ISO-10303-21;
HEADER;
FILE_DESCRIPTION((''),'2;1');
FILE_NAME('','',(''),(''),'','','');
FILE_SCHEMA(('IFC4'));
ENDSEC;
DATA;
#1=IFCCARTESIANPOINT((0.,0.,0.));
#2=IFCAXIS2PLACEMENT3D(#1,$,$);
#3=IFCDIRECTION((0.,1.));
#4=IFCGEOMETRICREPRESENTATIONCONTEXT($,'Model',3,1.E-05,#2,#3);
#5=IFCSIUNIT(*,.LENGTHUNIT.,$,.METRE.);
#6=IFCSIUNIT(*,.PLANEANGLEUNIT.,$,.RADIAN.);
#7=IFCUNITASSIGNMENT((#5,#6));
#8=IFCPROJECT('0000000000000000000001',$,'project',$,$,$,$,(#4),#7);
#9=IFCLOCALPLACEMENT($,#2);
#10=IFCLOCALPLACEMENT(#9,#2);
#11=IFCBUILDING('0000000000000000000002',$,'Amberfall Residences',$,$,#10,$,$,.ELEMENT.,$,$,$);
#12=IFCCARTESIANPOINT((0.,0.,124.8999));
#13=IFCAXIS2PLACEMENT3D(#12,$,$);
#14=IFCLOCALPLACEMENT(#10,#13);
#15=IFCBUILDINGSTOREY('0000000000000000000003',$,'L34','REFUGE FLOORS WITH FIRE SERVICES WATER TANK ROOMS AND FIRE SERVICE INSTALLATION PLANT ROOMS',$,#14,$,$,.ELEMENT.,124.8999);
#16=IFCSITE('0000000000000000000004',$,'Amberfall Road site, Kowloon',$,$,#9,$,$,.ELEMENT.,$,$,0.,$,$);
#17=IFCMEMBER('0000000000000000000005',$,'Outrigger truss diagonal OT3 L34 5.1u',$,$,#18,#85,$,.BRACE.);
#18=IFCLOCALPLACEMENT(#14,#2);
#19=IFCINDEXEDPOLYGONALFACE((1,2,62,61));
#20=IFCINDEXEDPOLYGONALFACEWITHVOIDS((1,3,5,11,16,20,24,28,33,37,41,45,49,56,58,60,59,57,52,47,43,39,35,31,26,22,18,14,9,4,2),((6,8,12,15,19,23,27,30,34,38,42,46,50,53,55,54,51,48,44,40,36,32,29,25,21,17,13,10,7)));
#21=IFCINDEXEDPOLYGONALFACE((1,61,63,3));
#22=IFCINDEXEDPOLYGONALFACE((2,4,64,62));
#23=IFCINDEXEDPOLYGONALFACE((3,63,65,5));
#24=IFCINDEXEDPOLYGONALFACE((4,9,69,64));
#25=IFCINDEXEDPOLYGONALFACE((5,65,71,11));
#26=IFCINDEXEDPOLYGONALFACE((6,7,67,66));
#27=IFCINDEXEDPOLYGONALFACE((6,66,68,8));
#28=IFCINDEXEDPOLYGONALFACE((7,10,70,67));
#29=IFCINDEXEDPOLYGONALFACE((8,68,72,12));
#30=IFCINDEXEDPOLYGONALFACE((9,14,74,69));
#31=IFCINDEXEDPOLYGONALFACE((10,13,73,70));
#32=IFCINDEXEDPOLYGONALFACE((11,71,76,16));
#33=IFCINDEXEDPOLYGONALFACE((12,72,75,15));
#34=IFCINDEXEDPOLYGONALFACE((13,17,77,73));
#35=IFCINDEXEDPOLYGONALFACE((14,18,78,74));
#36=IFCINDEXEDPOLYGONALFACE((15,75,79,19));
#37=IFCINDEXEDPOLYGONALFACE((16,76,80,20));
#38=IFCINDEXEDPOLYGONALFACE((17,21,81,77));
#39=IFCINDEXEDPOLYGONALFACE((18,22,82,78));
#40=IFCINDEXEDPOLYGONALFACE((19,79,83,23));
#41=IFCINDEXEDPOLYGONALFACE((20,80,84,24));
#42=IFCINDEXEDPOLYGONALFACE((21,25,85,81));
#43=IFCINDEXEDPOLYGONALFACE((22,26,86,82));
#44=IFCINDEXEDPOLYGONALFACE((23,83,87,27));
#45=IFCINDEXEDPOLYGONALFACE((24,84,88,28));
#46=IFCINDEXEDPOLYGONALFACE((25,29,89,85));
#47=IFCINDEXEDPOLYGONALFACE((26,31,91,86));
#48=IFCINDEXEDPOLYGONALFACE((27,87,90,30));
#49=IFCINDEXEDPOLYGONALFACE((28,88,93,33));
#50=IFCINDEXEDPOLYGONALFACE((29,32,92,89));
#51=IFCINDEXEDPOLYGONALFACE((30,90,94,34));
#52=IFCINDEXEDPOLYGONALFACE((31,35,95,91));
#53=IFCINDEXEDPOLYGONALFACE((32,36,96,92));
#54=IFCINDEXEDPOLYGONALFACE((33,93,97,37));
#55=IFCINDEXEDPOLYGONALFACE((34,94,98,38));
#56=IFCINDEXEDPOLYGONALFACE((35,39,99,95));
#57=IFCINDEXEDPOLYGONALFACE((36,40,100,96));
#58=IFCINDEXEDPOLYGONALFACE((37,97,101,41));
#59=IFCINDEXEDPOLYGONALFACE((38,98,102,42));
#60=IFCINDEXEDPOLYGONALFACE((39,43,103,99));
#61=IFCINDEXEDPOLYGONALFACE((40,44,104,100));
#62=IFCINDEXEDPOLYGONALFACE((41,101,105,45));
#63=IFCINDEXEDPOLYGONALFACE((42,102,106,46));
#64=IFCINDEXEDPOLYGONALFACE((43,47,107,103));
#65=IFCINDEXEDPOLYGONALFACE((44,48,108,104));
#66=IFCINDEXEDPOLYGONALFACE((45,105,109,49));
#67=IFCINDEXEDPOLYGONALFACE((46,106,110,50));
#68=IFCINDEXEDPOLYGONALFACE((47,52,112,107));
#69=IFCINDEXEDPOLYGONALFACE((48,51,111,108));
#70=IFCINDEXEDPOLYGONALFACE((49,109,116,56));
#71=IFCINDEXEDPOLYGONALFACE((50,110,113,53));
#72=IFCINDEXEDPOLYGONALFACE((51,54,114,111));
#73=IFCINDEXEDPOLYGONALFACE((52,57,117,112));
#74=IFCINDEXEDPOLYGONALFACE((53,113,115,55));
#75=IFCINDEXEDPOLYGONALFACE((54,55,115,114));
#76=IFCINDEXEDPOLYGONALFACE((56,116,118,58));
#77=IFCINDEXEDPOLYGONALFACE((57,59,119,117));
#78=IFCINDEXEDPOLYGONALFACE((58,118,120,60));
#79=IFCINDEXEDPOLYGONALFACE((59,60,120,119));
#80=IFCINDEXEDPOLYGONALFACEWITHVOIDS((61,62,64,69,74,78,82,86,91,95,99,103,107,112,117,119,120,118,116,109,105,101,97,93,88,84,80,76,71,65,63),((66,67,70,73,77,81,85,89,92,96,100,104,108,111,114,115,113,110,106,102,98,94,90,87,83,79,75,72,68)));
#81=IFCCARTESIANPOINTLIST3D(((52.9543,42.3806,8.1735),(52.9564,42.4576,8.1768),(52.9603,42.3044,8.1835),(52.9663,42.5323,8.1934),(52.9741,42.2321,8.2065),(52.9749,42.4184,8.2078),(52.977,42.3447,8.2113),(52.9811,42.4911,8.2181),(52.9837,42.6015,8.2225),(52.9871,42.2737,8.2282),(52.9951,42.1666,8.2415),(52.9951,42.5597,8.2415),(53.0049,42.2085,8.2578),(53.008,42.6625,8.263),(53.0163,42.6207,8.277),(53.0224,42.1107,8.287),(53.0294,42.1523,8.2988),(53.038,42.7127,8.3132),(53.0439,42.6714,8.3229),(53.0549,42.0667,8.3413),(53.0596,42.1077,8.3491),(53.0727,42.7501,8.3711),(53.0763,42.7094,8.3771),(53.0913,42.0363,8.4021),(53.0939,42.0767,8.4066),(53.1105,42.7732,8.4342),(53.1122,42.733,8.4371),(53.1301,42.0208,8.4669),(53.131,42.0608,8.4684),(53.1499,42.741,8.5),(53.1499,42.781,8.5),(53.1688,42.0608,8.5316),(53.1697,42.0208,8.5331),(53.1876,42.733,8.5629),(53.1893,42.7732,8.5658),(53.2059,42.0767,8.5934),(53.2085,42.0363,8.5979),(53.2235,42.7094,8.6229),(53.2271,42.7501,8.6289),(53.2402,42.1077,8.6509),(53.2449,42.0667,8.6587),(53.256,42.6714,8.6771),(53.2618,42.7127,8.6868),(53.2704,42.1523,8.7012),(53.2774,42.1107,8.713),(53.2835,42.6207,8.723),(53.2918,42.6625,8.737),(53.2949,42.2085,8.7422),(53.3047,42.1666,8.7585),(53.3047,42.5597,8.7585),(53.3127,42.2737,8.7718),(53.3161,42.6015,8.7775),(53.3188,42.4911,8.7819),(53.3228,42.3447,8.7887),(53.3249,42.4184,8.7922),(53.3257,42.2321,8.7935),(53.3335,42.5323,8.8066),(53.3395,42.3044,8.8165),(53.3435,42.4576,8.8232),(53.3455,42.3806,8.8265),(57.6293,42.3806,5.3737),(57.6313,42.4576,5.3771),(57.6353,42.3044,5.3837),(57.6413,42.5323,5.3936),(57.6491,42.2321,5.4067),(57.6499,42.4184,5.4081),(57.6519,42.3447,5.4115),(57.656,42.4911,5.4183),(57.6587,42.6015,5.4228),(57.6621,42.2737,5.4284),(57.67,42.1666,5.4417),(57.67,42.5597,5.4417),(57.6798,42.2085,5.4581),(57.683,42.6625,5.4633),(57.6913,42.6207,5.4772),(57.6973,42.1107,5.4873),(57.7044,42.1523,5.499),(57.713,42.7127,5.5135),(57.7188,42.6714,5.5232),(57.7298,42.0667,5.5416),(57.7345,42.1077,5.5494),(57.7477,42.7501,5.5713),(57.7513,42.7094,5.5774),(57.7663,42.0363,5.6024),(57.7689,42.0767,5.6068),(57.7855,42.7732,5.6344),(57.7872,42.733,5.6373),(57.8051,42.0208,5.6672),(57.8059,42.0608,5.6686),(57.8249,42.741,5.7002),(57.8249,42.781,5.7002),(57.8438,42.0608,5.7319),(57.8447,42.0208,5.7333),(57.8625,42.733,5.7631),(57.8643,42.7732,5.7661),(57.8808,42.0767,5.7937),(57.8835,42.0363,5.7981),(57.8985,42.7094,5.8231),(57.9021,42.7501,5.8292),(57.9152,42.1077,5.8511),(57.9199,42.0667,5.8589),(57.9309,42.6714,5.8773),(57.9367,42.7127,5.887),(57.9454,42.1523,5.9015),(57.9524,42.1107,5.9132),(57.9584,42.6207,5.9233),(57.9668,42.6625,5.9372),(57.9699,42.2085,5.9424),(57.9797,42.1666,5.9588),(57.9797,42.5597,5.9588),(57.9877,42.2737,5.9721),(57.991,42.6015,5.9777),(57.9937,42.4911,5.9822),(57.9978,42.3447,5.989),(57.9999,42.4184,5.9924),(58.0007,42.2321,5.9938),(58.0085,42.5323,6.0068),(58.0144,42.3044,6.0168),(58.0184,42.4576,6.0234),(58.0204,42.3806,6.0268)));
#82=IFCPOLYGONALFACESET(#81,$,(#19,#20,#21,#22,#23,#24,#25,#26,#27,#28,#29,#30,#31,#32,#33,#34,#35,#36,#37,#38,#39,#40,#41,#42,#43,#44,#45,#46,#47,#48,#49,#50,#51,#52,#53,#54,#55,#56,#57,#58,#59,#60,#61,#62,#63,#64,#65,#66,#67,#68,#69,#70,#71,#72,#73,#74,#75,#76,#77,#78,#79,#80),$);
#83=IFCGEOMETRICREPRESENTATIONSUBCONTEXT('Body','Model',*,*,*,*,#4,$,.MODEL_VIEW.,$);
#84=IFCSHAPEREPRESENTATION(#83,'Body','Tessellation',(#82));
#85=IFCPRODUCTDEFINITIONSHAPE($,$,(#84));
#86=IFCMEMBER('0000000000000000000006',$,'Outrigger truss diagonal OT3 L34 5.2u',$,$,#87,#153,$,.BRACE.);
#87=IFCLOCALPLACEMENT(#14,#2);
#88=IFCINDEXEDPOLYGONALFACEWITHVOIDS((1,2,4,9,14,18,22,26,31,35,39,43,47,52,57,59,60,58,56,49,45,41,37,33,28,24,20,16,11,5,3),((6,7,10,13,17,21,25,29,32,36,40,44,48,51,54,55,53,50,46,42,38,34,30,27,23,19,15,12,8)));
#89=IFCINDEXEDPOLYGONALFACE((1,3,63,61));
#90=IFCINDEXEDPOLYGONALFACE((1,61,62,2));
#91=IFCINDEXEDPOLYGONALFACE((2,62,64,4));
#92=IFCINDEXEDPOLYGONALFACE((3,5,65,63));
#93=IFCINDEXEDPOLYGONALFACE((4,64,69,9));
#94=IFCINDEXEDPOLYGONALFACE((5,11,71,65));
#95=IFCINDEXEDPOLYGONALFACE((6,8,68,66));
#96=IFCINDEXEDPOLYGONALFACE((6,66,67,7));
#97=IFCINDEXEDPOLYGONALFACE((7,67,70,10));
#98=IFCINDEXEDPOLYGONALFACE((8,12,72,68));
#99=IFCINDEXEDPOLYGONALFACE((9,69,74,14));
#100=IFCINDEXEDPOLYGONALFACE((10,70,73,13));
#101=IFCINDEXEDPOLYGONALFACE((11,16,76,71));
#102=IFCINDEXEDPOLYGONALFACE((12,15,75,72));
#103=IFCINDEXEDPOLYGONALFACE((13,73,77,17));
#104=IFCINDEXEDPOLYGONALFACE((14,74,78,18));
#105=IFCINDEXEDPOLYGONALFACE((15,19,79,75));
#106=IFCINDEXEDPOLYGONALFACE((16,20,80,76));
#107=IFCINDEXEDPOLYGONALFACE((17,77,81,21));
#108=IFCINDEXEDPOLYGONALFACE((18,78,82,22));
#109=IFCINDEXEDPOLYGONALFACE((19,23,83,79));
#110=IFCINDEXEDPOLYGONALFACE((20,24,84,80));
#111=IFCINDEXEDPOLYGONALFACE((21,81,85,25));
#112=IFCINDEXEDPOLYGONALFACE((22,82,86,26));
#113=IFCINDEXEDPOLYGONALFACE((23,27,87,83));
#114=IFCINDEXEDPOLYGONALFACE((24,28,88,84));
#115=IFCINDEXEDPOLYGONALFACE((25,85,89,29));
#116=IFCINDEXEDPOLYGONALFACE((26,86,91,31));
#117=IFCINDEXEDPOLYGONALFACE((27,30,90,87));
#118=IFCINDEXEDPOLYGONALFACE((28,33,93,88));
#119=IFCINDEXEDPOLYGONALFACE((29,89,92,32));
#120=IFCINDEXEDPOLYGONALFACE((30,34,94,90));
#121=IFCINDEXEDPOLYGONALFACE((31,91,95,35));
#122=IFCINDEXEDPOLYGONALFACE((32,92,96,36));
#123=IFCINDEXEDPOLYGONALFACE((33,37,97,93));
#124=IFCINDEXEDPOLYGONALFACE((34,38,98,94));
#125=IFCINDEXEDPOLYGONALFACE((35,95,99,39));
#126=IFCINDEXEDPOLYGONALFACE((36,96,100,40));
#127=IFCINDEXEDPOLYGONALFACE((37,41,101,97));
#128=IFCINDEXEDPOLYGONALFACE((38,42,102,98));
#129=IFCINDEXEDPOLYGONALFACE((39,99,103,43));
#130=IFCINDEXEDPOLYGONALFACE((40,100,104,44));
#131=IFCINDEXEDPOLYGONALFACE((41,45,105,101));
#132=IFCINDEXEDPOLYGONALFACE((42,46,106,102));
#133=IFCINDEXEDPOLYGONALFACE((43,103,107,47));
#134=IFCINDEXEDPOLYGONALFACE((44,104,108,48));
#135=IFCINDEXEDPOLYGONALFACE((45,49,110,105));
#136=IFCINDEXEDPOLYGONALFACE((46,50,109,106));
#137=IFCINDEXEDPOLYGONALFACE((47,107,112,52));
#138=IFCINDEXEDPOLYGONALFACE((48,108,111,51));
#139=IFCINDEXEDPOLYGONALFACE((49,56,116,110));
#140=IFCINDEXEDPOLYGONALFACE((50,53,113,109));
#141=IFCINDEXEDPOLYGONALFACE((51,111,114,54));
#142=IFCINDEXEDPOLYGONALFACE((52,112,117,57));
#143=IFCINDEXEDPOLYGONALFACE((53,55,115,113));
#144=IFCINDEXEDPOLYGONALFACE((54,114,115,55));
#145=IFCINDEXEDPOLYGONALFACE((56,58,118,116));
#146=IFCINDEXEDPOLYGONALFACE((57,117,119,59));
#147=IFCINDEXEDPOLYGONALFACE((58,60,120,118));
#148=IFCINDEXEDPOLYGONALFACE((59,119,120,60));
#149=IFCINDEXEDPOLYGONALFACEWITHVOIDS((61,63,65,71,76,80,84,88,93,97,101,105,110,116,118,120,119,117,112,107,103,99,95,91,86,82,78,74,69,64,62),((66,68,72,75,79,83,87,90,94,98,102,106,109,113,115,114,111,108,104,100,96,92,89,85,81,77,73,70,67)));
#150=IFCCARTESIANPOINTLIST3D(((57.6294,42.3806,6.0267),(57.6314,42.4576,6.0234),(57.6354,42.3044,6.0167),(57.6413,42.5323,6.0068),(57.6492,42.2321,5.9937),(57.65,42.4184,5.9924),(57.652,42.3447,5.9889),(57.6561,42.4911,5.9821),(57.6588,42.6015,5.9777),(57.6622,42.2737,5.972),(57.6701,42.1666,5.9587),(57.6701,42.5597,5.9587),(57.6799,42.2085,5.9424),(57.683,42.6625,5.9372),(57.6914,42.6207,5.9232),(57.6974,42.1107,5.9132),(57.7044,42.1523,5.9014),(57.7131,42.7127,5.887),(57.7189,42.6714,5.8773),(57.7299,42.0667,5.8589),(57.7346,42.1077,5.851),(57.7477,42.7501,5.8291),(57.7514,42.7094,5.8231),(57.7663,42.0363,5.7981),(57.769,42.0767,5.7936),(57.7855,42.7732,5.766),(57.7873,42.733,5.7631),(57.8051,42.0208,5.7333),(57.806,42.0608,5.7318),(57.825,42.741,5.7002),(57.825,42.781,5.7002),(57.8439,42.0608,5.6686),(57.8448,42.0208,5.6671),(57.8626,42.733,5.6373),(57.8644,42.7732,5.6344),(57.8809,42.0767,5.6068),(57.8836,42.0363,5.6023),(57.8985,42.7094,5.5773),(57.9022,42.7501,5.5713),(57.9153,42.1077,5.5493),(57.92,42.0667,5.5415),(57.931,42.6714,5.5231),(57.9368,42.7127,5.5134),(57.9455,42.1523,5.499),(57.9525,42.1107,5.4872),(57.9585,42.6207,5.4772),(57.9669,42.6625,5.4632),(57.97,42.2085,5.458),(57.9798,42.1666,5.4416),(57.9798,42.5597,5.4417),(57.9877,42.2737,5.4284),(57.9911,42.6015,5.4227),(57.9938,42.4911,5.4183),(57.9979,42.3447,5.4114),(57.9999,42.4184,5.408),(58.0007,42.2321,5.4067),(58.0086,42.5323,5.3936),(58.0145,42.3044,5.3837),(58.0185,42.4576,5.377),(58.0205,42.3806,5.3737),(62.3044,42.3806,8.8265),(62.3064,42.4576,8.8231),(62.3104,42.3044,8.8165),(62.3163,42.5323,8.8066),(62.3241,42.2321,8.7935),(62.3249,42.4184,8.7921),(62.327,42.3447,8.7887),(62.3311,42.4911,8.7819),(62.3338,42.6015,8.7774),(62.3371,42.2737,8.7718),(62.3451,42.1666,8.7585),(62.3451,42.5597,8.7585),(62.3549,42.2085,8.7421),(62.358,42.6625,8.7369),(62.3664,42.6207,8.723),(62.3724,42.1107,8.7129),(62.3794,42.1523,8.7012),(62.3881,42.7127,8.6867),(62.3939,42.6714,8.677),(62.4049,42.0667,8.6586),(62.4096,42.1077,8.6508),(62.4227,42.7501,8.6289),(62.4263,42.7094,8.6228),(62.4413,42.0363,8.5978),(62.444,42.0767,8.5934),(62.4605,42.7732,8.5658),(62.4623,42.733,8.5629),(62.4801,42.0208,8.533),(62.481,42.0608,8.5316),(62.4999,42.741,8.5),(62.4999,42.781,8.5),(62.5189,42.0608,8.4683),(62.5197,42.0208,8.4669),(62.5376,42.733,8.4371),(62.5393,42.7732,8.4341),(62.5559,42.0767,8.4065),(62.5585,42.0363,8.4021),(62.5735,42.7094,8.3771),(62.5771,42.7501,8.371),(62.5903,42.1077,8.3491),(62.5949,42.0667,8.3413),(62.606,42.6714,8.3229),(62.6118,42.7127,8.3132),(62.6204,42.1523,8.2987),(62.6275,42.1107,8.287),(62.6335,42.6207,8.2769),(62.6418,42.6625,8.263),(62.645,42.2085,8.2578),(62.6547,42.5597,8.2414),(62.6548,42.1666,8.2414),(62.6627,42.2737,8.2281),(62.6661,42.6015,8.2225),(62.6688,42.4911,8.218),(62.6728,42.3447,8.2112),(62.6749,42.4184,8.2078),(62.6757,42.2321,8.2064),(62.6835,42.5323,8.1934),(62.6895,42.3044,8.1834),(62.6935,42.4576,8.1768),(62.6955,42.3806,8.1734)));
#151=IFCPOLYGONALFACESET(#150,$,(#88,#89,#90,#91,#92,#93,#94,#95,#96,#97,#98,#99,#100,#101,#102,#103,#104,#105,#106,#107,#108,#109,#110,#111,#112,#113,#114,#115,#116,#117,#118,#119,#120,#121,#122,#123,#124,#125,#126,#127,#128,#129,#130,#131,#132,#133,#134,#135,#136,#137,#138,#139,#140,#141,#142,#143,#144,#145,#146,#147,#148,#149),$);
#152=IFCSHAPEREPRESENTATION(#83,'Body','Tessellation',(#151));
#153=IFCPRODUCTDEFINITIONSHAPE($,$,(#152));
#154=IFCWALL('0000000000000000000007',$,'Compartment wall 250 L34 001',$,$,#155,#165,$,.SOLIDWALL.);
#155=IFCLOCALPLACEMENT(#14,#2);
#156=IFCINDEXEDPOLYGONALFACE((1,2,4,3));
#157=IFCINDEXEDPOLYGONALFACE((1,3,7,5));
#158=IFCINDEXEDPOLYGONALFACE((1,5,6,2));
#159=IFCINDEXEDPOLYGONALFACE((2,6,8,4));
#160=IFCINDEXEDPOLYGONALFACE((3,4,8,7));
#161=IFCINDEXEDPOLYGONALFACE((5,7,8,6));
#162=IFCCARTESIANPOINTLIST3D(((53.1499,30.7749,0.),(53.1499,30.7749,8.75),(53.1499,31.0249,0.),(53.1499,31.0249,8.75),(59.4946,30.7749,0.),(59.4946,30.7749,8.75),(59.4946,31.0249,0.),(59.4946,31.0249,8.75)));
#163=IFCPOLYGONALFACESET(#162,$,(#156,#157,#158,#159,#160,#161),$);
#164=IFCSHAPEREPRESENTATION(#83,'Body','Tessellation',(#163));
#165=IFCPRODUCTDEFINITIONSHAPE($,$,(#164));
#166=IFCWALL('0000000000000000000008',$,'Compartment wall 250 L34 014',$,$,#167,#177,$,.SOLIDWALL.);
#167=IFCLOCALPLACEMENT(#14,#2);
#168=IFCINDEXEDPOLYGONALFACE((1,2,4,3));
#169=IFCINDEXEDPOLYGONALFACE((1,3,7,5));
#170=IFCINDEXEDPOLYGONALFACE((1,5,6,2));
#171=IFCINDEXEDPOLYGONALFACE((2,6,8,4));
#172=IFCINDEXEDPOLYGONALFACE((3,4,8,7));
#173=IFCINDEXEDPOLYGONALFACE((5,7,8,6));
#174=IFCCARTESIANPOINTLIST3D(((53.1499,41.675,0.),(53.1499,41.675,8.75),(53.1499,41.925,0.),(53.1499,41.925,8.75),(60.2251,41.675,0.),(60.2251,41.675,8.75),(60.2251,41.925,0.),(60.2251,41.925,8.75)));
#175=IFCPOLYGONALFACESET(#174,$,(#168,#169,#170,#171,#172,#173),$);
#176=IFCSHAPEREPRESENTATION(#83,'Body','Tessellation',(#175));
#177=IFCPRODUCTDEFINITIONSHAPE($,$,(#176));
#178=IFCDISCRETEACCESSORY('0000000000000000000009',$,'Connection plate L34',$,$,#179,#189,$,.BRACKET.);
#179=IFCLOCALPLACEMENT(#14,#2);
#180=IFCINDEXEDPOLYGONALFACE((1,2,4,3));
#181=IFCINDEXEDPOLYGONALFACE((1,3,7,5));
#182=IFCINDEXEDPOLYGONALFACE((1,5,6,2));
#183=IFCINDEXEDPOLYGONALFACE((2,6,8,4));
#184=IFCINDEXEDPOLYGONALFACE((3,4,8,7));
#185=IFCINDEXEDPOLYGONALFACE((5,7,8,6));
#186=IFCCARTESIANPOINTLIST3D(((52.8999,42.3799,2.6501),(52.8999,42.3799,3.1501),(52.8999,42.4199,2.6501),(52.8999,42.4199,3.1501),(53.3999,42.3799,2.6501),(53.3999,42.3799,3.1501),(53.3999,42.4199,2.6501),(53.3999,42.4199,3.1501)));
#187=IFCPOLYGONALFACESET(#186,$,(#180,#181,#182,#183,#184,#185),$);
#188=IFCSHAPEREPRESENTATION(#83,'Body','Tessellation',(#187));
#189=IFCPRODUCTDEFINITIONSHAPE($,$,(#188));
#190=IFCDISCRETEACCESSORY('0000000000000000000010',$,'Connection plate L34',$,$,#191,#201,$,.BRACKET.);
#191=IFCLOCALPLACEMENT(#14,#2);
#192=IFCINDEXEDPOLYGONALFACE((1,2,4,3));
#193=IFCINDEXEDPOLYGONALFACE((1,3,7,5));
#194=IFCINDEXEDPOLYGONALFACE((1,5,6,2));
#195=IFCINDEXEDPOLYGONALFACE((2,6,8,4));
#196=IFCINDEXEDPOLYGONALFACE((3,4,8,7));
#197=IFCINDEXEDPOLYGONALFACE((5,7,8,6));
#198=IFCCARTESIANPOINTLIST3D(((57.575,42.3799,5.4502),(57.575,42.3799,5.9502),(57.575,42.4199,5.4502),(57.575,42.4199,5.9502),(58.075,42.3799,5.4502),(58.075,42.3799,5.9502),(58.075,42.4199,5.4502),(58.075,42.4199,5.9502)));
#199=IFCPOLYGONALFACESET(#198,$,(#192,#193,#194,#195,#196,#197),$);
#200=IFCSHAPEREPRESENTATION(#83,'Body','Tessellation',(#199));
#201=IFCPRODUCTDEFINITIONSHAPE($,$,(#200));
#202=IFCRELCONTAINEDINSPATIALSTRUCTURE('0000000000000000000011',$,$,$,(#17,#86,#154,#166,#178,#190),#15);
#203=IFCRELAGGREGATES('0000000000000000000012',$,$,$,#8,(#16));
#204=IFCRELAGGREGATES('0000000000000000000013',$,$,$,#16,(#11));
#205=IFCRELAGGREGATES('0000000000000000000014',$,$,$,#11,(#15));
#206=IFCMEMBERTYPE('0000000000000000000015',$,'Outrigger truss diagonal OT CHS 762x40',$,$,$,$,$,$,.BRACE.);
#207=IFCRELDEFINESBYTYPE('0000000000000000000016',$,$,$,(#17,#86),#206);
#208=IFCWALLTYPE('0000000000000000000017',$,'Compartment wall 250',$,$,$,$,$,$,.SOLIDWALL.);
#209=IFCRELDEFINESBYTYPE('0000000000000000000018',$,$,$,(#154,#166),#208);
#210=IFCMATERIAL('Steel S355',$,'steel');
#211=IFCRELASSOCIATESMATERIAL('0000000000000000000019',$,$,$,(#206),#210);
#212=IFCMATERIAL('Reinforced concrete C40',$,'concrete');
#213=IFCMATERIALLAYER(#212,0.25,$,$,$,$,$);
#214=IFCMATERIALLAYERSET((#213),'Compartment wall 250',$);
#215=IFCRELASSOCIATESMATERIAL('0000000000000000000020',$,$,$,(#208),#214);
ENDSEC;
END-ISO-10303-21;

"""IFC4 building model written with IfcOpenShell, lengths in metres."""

from ifc_helpers import new_model, si_unit, direction, frame, frame_2d, origin, origin_2d, place, context, subcontext, project, spatial, rectangle, hollow_circle, extrude, material, layer, layer_set, material_profile, profile_set, type_object, element, save


model = new_model("IFC4")

# Units and contexts
model_context = context("Model", 3, precision=1e-05, world=origin(), true_north=direction((0.0, 1.0)))
body_context = subcontext(model_context, "Body", "Model", "MODEL_VIEW")
ifc_project = project(units=[si_unit("LENGTHUNIT", "METRE"), si_unit("PLANEANGLEUNIT", "RADIAN")], contexts=[model_context])

# Site, building, storey
site_placement = place(None, origin())
site = spatial("IfcSite", under=ifc_project, at=site_placement, Name="Amberfall Road site, Kowloon", CompositionType="ELEMENT", RefElevation=0.0)
building_placement = place(site_placement, origin())
building = spatial("IfcBuilding", under=site, at=building_placement, Name="Amberfall Residences", CompositionType="ELEMENT")
storey_placement = place(building_placement, frame((0.0, 0.0, 124.8999)))
storey = spatial("IfcBuildingStorey", under=building, at=storey_placement, Name="L34", Description="REFUGE FLOORS WITH FIRE SERVICES WATER TANK ROOMS AND FIRE SERVICE INSTALLATION PLANT ROOMS", CompositionType="ELEMENT", Elevation=124.8999)

# Shared definitions
ifc_material_1 = material(Name="Steel S355", Category="steel")

# Members
ifc_material_profile_1 = material_profile(ifc_material_1, hollow_circle(Radius=0.3811, WallThickness=0.04, at=origin_2d()), Name="CHS 762x40")
ifc_profile_set_1 = profile_set([ifc_material_profile_1], Name="Steel S355")
member_type_1 = type_object("IfcMemberType", Name="Outrigger truss diagonal OT CHS 762x40", PredefinedType="BRACE", material=ifc_profile_set_1)
for number, where, z_axis, x_axis, name in (
    (1, (53.1499, 42.3999, 8.5), (0.857916, 0.0, -0.513791), (0.0, 1.0, 0.0), "Outrigger truss diagonal OT3 L34 5.1u"),
    (2, (57.825, 42.3999, 5.7002), (0.857916, 0.0, 0.513791), (0.0, 1.0, 0.0), "Outrigger truss diagonal OT3 L34 5.2u"),
):
    element("IfcMember", number, at=place(storey_placement, frame(where, z_axis=z_axis, x_axis=x_axis)), inside=storey, type_object=member_type_1, Name=name, PredefinedType="BRACE", context=body_context, shape_type="SweptSolid", body=[
        extrude(hollow_circle(Radius=0.3811, WallThickness=0.04, at=origin_2d()), origin(), (0.0, 0.0, 1.0), 5.4492),
    ])

# Walls
ifc_material_2 = material(Name="Reinforced concrete C40", Category="concrete")
ifc_layer = layer(ifc_material_2, 0.25)
ifc_layer_set = layer_set([ifc_layer], Name="Compartment wall 250")
wall_type = type_object("IfcWallType", Name="Compartment wall 250", PredefinedType="SOLIDWALL", material=ifc_layer_set)
wall_1_placement = place(storey_placement, frame((53.1499, 30.8999, 0.0), z_axis=(0.0, 0.0, 1.0), x_axis=(1.0, 0.0, 0.0)))
element("IfcWall", 3, at=wall_1_placement, inside=storey, type_object=wall_type, Name="Compartment wall 250 L34 001", PredefinedType="SOLIDWALL", context=body_context, shape_type="SweptSolid", body=[
    extrude(rectangle(XDim=6.3447, YDim=0.25, at=frame_2d((3.1724, 0.0))), origin(), (0.0, 0.0, 1.0), 8.75),
])
wall_2_placement = place(storey_placement, frame((53.1499, 41.8, 0.0), z_axis=(0.0, 0.0, 1.0), x_axis=(1.0, 0.0, 0.0)))
element("IfcWall", 4, at=wall_2_placement, inside=storey, type_object=wall_type, Name="Compartment wall 250 L34 014", PredefinedType="SOLIDWALL", context=body_context, shape_type="SweptSolid", body=[
    extrude(rectangle(XDim=7.0752, YDim=0.25, at=frame_2d((3.5376, 0.0))), origin(), (0.0, 0.0, 1.0), 8.75),
])

# Discrete accessories
for number, where, z_axis, x_axis, name in (
    (5, (53.1499, 42.3999, 2.6501), (0.0, 0.0, 1.0), (1.0, 0.0, 0.0), "Connection plate L34"),
    (6, (57.825, 42.3999, 5.4502), (0.0, 0.0, 1.0), (1.0, 0.0, 0.0), "Connection plate L34"),
):
    element("IfcDiscreteAccessory", number, at=place(storey_placement, frame(where, z_axis=z_axis, x_axis=x_axis)), inside=storey, Name=name, PredefinedType="BRACKET", context=body_context, shape_type="SweptSolid", body=[
        extrude(rectangle(XDim=0.5, YDim=0.04, at=origin_2d()), origin(), (0.0, 0.0, 1.0), 0.5),
    ])

save(model, "model.ifc")
